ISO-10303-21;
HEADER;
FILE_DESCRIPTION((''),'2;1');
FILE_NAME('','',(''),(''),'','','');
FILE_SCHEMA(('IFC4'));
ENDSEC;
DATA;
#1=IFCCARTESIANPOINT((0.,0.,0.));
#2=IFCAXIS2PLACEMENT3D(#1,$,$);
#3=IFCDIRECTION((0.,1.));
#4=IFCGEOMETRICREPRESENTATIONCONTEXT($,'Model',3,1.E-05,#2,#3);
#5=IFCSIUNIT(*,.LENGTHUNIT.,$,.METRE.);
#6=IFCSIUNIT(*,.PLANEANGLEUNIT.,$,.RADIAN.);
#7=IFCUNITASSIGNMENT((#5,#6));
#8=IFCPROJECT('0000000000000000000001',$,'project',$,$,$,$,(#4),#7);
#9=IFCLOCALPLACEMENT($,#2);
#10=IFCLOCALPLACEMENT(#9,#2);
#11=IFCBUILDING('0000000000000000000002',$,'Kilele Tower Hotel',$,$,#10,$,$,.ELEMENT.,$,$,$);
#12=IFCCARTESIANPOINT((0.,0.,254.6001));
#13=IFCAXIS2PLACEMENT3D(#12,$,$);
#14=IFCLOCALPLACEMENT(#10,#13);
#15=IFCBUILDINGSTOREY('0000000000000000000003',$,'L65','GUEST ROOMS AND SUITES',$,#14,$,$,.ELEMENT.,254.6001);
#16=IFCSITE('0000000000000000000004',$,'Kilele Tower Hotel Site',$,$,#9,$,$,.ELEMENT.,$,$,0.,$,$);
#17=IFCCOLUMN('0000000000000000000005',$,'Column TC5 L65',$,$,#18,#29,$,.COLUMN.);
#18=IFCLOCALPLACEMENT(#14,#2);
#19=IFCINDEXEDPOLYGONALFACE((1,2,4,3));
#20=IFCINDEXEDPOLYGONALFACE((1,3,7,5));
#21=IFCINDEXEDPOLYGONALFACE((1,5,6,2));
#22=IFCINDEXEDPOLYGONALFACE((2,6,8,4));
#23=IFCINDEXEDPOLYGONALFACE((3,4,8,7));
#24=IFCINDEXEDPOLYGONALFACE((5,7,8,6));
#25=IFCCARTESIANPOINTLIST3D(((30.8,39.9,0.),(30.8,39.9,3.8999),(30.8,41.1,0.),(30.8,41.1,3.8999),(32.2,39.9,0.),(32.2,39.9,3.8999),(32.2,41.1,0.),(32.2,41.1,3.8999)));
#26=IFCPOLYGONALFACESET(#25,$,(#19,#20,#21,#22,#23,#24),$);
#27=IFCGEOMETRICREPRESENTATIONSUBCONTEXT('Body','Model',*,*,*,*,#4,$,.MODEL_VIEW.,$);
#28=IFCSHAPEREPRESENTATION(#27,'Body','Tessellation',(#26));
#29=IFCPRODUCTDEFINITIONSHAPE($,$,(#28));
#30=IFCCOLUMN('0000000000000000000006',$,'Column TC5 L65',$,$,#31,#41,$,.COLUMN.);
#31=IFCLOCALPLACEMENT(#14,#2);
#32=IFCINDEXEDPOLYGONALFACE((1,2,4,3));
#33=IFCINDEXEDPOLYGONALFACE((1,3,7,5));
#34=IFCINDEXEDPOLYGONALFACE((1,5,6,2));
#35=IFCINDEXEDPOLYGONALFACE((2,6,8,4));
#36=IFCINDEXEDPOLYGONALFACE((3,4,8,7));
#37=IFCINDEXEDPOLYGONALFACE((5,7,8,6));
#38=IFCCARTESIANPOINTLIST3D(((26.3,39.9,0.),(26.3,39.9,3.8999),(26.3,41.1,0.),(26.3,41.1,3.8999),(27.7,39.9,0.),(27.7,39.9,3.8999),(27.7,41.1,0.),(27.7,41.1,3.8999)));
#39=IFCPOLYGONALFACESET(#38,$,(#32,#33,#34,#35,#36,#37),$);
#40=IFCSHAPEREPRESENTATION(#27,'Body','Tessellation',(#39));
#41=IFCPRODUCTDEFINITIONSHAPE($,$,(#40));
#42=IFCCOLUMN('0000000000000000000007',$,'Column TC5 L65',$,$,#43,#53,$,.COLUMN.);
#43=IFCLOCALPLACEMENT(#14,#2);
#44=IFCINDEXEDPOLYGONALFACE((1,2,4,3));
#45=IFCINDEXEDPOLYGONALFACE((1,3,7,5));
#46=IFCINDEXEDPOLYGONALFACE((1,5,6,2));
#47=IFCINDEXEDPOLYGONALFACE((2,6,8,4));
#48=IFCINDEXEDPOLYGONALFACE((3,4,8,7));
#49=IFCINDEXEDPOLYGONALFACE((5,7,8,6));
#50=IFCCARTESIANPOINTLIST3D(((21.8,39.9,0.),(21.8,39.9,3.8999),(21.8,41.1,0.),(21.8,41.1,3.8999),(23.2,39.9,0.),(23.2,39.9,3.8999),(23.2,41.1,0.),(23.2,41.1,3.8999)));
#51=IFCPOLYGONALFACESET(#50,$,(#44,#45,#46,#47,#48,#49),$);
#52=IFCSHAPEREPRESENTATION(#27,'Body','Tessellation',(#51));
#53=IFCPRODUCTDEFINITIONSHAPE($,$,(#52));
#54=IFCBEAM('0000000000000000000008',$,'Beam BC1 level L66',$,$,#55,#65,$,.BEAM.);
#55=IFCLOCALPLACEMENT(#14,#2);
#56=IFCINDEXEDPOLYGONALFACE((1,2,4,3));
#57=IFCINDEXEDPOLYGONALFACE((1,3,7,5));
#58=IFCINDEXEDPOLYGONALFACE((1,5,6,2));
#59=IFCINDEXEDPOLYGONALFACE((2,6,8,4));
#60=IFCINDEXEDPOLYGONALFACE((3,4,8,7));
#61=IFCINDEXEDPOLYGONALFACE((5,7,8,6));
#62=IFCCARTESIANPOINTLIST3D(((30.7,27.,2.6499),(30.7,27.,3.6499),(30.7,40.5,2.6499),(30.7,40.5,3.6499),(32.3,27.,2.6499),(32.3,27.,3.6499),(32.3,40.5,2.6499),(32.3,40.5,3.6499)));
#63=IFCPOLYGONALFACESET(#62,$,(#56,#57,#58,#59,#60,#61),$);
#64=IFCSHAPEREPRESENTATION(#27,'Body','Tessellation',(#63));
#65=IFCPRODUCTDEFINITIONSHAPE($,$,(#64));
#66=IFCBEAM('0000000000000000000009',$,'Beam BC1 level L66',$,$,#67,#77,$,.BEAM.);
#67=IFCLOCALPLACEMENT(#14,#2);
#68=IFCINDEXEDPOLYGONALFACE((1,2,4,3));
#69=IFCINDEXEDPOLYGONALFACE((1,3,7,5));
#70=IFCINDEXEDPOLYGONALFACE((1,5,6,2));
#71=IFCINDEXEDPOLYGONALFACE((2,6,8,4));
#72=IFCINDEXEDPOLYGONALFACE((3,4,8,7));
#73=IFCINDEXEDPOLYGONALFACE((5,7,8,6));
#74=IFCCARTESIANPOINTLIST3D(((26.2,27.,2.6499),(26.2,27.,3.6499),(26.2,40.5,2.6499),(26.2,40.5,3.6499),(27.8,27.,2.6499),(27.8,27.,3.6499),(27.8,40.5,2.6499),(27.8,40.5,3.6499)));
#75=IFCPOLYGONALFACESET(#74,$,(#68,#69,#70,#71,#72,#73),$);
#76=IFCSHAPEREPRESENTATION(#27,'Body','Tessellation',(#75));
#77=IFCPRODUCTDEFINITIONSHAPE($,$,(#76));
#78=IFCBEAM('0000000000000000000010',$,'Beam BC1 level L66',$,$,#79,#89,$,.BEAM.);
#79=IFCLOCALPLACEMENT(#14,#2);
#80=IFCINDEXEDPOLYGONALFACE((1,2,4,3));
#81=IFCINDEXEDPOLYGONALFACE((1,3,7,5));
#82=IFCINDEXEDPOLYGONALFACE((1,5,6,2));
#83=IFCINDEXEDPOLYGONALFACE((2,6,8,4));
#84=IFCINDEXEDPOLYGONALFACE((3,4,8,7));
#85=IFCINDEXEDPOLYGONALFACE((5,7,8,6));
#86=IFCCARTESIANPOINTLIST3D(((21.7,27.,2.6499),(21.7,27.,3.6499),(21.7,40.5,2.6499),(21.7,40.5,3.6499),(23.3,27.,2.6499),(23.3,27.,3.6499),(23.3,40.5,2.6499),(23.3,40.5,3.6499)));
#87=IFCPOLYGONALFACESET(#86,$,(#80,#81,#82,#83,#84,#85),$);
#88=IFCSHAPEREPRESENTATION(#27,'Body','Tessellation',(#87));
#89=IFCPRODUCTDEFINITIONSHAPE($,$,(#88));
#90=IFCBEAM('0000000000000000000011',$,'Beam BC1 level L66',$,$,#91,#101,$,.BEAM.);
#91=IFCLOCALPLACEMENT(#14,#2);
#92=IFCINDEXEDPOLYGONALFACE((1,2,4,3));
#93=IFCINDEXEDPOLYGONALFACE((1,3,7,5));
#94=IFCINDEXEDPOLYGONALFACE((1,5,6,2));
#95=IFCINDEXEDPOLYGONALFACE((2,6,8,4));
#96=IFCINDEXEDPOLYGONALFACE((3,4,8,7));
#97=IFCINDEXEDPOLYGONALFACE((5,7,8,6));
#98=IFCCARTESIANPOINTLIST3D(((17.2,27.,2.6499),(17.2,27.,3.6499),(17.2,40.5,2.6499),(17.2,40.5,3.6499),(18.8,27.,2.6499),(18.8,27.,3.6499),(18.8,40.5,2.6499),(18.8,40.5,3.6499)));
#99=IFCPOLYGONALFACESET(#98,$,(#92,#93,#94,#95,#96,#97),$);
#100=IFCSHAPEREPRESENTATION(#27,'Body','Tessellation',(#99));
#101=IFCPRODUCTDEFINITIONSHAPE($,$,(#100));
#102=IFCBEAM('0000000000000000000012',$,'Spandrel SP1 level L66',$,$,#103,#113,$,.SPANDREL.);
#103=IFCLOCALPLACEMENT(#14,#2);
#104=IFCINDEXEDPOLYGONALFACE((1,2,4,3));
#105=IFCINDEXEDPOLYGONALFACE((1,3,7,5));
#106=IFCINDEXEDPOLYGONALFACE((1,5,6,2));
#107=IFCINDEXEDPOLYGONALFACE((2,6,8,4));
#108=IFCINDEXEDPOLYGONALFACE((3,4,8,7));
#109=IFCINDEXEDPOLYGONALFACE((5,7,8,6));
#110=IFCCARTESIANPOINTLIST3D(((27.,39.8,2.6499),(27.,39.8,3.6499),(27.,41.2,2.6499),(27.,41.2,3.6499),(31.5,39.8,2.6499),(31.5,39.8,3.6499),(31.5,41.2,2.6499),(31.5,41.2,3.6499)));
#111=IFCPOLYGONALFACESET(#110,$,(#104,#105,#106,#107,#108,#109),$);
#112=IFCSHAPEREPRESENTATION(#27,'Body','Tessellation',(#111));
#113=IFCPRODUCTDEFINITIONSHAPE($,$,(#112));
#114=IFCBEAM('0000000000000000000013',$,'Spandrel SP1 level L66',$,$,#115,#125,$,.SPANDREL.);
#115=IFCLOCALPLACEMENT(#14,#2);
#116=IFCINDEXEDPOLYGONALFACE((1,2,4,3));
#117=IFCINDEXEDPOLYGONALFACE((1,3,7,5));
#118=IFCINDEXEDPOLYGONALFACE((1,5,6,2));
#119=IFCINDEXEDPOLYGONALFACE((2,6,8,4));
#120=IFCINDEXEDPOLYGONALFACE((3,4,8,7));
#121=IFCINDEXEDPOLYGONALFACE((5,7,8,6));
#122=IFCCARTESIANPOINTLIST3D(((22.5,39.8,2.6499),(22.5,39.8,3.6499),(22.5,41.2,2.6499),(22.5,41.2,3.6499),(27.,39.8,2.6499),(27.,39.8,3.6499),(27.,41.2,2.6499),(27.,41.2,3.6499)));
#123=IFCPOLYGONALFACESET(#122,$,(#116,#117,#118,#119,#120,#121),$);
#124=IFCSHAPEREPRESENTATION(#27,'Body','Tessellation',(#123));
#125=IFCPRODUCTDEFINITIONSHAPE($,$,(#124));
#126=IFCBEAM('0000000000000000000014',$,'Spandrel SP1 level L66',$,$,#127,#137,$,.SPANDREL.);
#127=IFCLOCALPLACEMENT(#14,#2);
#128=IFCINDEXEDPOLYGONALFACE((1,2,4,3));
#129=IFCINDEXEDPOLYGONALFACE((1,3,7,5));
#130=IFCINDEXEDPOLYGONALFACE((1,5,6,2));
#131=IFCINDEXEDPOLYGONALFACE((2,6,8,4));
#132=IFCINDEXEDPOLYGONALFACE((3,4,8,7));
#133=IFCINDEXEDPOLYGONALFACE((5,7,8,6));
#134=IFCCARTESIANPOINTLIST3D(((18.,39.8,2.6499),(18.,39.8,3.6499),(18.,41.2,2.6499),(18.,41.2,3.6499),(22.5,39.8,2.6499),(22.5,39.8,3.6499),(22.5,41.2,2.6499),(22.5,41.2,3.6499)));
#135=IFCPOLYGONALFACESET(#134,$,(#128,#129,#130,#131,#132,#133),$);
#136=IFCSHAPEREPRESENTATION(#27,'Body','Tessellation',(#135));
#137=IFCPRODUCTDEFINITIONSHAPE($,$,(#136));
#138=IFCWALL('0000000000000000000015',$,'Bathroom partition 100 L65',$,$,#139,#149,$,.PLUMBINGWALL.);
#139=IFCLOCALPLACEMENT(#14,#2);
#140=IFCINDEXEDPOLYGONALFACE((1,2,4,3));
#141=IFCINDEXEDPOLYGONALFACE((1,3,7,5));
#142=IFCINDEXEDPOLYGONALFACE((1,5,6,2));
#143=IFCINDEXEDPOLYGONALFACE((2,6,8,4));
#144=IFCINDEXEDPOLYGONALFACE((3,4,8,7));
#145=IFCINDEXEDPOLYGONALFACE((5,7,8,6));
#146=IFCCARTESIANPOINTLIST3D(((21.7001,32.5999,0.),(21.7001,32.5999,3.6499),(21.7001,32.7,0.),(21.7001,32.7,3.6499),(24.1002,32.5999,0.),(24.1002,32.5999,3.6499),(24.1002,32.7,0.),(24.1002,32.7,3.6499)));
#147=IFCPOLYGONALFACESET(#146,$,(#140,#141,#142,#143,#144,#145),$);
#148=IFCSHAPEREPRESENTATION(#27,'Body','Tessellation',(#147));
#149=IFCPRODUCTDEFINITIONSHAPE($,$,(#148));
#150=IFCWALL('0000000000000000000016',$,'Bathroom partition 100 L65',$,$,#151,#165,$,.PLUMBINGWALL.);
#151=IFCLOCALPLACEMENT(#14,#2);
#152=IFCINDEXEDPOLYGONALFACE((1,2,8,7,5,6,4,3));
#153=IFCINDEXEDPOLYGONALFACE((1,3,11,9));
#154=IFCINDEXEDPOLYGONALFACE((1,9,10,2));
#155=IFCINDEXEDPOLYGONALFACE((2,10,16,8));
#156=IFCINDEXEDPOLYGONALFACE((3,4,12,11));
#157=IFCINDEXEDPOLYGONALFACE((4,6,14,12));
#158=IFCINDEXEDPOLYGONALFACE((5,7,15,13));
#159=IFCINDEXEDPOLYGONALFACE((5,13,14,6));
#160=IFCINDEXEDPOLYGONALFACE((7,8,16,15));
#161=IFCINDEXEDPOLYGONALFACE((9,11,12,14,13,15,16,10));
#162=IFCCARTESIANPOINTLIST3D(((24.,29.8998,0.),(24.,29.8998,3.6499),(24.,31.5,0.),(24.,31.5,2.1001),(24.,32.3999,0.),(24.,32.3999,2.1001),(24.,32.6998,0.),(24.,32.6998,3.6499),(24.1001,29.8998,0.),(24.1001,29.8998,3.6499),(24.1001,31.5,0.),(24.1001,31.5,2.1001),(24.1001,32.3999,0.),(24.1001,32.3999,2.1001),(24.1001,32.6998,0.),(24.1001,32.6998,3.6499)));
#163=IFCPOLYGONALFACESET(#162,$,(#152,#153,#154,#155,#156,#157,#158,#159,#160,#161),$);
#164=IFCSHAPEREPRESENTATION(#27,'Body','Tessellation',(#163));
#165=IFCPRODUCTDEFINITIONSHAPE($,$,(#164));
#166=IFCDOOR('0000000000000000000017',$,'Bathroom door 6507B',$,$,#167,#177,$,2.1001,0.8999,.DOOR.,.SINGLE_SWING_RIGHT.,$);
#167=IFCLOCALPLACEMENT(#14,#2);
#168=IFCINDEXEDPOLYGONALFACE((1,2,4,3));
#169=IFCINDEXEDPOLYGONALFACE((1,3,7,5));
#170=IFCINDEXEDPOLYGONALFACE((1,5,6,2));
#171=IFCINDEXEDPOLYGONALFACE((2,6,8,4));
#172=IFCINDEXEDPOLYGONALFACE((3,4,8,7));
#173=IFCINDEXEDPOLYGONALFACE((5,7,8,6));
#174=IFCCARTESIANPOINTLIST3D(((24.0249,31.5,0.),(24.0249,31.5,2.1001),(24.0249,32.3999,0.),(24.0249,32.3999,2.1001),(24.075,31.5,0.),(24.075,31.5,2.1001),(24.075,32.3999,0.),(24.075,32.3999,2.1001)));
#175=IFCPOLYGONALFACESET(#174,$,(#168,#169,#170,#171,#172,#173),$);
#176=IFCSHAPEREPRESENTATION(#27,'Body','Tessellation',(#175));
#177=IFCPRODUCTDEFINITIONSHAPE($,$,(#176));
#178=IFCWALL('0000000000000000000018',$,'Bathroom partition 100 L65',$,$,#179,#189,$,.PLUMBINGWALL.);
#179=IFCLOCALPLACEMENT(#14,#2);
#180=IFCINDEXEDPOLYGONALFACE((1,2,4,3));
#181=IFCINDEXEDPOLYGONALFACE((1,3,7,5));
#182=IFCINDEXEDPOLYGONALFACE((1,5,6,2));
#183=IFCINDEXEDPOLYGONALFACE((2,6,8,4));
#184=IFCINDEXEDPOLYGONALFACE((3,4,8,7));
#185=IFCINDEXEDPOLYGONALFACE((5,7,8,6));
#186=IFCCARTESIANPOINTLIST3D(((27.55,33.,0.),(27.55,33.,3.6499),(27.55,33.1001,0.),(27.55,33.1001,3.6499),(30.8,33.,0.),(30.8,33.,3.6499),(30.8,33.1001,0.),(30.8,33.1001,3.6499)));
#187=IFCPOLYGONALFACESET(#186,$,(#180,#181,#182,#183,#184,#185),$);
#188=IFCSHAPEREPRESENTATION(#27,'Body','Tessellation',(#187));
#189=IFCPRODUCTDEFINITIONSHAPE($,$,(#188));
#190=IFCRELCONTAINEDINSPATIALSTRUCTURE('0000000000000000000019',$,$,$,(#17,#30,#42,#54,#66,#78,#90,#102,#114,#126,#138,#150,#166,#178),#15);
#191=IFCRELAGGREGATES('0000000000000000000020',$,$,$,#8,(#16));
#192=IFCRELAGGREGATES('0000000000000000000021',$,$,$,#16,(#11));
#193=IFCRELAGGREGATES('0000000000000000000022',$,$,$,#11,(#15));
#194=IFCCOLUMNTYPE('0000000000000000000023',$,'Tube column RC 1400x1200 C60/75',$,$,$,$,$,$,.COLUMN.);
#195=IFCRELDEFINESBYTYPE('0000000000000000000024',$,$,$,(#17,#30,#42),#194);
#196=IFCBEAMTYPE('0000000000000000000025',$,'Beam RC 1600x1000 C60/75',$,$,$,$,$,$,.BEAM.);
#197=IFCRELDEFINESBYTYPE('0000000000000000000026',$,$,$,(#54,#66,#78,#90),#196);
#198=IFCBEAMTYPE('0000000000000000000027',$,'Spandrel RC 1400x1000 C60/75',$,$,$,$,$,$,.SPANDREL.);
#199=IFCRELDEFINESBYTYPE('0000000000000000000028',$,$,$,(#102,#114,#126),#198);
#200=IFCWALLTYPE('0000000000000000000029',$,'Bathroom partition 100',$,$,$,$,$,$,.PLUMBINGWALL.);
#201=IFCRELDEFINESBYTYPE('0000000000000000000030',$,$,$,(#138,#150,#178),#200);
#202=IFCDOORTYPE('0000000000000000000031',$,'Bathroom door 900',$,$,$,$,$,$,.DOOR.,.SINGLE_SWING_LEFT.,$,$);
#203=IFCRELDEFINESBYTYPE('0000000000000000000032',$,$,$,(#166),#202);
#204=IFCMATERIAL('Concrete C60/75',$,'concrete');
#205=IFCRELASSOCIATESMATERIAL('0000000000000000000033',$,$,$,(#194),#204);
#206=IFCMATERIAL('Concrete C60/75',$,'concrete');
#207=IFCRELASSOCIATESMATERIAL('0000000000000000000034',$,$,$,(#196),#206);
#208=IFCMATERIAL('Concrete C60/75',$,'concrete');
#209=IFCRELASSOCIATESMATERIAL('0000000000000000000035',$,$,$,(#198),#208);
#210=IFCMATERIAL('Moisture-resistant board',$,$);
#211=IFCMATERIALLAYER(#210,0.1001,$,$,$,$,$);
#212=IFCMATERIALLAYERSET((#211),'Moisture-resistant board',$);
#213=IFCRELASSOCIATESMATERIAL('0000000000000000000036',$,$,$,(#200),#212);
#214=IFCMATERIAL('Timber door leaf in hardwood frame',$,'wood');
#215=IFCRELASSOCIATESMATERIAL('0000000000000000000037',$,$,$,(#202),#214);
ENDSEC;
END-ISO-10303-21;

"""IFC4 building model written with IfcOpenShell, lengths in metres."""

from ifc_helpers import new_model, si_unit, direction, frame, frame_2d, origin, origin_2d, place, context, subcontext, project, spatial, rectangle, extrude, material, layer, layer_set, material_profile, profile_set, type_object, element, fill, save


model = new_model("IFC4")

# Units and contexts
model_context = context("Model", 3, precision=1e-05, world=origin(), true_north=direction((0.0, 1.0)))
body_context = subcontext(model_context, "Body", "Model", "MODEL_VIEW")
ifc_project = project(units=[si_unit("LENGTHUNIT", "METRE"), si_unit("PLANEANGLEUNIT", "RADIAN")], contexts=[model_context])

# Site, building, storey
site_placement = place(None, origin())
site = spatial("IfcSite", under=ifc_project, at=site_placement, Name="Kilele Tower Hotel Site", CompositionType="ELEMENT", RefElevation=0.0)
building_placement = place(site_placement, origin())
building = spatial("IfcBuilding", under=site, at=building_placement, Name="Kilele Tower Hotel", CompositionType="ELEMENT")
storey_placement = place(building_placement, frame((0.0, 0.0, 254.6001)))
storey = spatial("IfcBuildingStorey", under=building, at=storey_placement, Name="L65", Description="GUEST ROOMS AND SUITES", CompositionType="ELEMENT", Elevation=254.6001)

# Columns
ifc_material_1 = material(Name="Concrete C60/75", Category="concrete")
ifc_material_profile_1 = material_profile(ifc_material_1, rectangle(XDim=1.3999, YDim=1.2, at=origin_2d()))
ifc_profile_set_1 = profile_set([ifc_material_profile_1], Name="Concrete C60/75")
column_type = type_object("IfcColumnType", Name="Tube column RC 1400x1200 C60/75", PredefinedType="COLUMN", material=ifc_profile_set_1)
for number, where, z_axis, x_axis, name in (
    (1, (31.5, 40.5, 0.0), (0.0, 0.0, 1.0), (1.0, 0.0, 0.0), "Column TC5 L65"),
    (2, (27.0, 40.5, 0.0), (0.0, 0.0, 1.0), (1.0, 0.0, 0.0), "Column TC5 L65"),
    (3, (22.5, 40.5, 0.0), (0.0, 0.0, 1.0), (1.0, 0.0, 0.0), "Column TC5 L65"),
):
    element("IfcColumn", number, at=place(storey_placement, frame(where, z_axis=z_axis, x_axis=x_axis)), inside=storey, type_object=column_type, Name=name, PredefinedType="COLUMN", context=body_context, shape_type="SweptSolid", body=[
        extrude(rectangle(XDim=1.3999, YDim=1.2, at=origin_2d()), origin(), (0.0, 0.0, 1.0), 3.8999),
    ])

# Beams
ifc_material_2 = material(Name="Concrete C60/75", Category="concrete")
ifc_material_profile_2 = material_profile(ifc_material_2, rectangle(XDim=1.6001, YDim=1.0, at=origin_2d()))
ifc_profile_set_2 = profile_set([ifc_material_profile_2], Name="Concrete C60/75")
beam_type_1 = type_object("IfcBeamType", Name="Beam RC 1600x1000 C60/75", PredefinedType="BEAM", material=ifc_profile_set_2)
for number, where, z_axis, x_axis, name in (
    (4, (31.5, 40.5, 3.1499), (0.0, -1.0, 0.0), (1.0, 0.0, 0.0), "Beam BC1 level L66"),
    (5, (27.0, 40.5, 3.1499), (0.0, -1.0, 0.0), (1.0, 0.0, 0.0), "Beam BC1 level L66"),
    (6, (22.5, 40.5, 3.1499), (0.0, -1.0, 0.0), (1.0, 0.0, 0.0), "Beam BC1 level L66"),
    (7, (18.0, 40.5, 3.1499), (0.0, -1.0, 0.0), (1.0, 0.0, 0.0), "Beam BC1 level L66"),
):
    element("IfcBeam", number, at=place(storey_placement, frame(where, z_axis=z_axis, x_axis=x_axis)), inside=storey, type_object=beam_type_1, Name=name, PredefinedType="BEAM", context=body_context, shape_type="SweptSolid", body=[
        extrude(rectangle(XDim=1.6001, YDim=1.0, at=origin_2d()), origin(), (0.0, 0.0, 1.0), 13.5),
    ])
ifc_material_3 = material(Name="Concrete C60/75", Category="concrete")
ifc_material_profile_3 = material_profile(ifc_material_3, rectangle(XDim=1.3999, YDim=1.0, at=origin_2d()))
ifc_profile_set_3 = profile_set([ifc_material_profile_3], Name="Concrete C60/75")
beam_type_2 = type_object("IfcBeamType", Name="Spandrel RC 1400x1000 C60/75", PredefinedType="SPANDREL", material=ifc_profile_set_3)
for number, where, z_axis, x_axis, name in (
    (8, (31.5, 40.5, 3.1499), (-1.0, 0.0, 0.0), (0.0, -1.0, 0.0), "Spandrel SP1 level L66"),
    (9, (27.0, 40.5, 3.1499), (-1.0, 0.0, 0.0), (0.0, -1.0, 0.0), "Spandrel SP1 level L66"),
    (10, (22.5, 40.5, 3.1499), (-1.0, 0.0, 0.0), (0.0, -1.0, 0.0), "Spandrel SP1 level L66"),
):
    element("IfcBeam", number, at=place(storey_placement, frame(where, z_axis=z_axis, x_axis=x_axis)), inside=storey, type_object=beam_type_2, Name=name, PredefinedType="SPANDREL", context=body_context, shape_type="SweptSolid", body=[
        extrude(rectangle(XDim=1.3999, YDim=1.0, at=origin_2d()), origin(), (0.0, 0.0, 1.0), 4.5),
    ])

# Wall
ifc_material_4 = material(Name="Moisture-resistant board")
ifc_layer_1 = layer(ifc_material_4, 0.1001)
ifc_layer_set_1 = layer_set([ifc_layer_1], Name="Moisture-resistant board")
wall_type_1 = type_object("IfcWallType", Name="Bathroom partition 100", PredefinedType="PLUMBINGWALL", material=ifc_layer_set_1)
wall_1_placement = place(storey_placement, frame((21.7, 32.6499, 0.0), z_axis=(0.0, 0.0, 1.0), x_axis=(1.0, 0.0, 0.0)))
element("IfcWall", 11, at=wall_1_placement, inside=storey, type_object=wall_type_1, Name="Bathroom partition 100 L65", PredefinedType="PLUMBINGWALL", context=body_context, shape_type="SweptSolid", body=[
    extrude(rectangle(XDim=2.4001, YDim=0.1001, at=frame_2d((1.2002, 0.0))), origin(), (0.0, 0.0, 1.0), 3.6499),
])

# Wall, opening, door
wall_2_placement = place(storey_placement, frame((24.05, 29.8999, 0.0), z_axis=(0.0, 0.0, 1.0), x_axis=(0.0, 1.0, 0.0)))
wall_2 = element("IfcWall", 12, at=wall_2_placement, inside=storey, type_object=wall_type_1, Name="Bathroom partition 100 L65", PredefinedType="PLUMBINGWALL", context=body_context, shape_type="SweptSolid", body=[
    extrude(rectangle(XDim=2.8, YDim=0.1001, at=frame_2d((1.3999, 0.0))), origin(), (0.0, 0.0, 1.0), 3.6499),
])
opening_1_placement = place(wall_2_placement, frame((2.5, 0.0, 0.0), z_axis=(0.0, 0.0, 1.0), x_axis=(-1.0, 0.0, 0.0)))
opening_1 = element("IfcOpeningElement", 13, at=opening_1_placement, cuts=wall_2, PredefinedType="OPENING", context=body_context, shape_type="SweptSolid", body=[
    extrude(rectangle(XDim=0.8999, YDim=2.1001, at=frame_2d((0.45, 1.05))), frame((0.0, 0.0601, 0.0), z_axis=(0.0, -1.0, 0.0), x_axis=(1.0, 0.0, 0.0)), (0.0, 0.0, 1.0), 0.1201),
])
ifc_material_5 = material(Name="Timber door leaf in hardwood frame", Category="wood")
door_type_1 = type_object("IfcDoorType", Name="Bathroom door 900", OperationType="SINGLE_SWING_LEFT", PredefinedType="DOOR", material=ifc_material_5)
door_1_placement = place(opening_1_placement, origin())
door_1 = element("IfcDoor", 14, at=door_1_placement, inside=storey, type_object=door_type_1, Name="Bathroom door 6507B", OperationType="SINGLE_SWING_RIGHT", OverallHeight=2.1001, OverallWidth=0.8999, PredefinedType="DOOR", context=body_context, shape_type="SweptSolid", body=[
    extrude(rectangle(XDim=0.8999, YDim=2.1001, at=frame_2d((0.45, 1.05))), frame((0.0, 0.0249, 0.0), z_axis=(0.0, -1.0, 0.0), x_axis=(1.0, 0.0, 0.0)), (0.0, 0.0, 1.0), 0.05),
])
fill(opening_1, door_1)

# Wall
wall_3_placement = place(storey_placement, frame((27.55, 33.05, 0.0), z_axis=(0.0, 0.0, 1.0), x_axis=(1.0, 0.0, 0.0)))
element("IfcWall", 15, at=wall_3_placement, inside=storey, type_object=wall_type_1, Name="Bathroom partition 100 L65", PredefinedType="PLUMBINGWALL", context=body_context, shape_type="SweptSolid", body=[
    extrude(rectangle(XDim=3.25, YDim=0.1001, at=frame_2d((1.625, 0.0))), origin(), (0.0, 0.0, 1.0), 3.6499),
])

save(model, "model.ifc")
